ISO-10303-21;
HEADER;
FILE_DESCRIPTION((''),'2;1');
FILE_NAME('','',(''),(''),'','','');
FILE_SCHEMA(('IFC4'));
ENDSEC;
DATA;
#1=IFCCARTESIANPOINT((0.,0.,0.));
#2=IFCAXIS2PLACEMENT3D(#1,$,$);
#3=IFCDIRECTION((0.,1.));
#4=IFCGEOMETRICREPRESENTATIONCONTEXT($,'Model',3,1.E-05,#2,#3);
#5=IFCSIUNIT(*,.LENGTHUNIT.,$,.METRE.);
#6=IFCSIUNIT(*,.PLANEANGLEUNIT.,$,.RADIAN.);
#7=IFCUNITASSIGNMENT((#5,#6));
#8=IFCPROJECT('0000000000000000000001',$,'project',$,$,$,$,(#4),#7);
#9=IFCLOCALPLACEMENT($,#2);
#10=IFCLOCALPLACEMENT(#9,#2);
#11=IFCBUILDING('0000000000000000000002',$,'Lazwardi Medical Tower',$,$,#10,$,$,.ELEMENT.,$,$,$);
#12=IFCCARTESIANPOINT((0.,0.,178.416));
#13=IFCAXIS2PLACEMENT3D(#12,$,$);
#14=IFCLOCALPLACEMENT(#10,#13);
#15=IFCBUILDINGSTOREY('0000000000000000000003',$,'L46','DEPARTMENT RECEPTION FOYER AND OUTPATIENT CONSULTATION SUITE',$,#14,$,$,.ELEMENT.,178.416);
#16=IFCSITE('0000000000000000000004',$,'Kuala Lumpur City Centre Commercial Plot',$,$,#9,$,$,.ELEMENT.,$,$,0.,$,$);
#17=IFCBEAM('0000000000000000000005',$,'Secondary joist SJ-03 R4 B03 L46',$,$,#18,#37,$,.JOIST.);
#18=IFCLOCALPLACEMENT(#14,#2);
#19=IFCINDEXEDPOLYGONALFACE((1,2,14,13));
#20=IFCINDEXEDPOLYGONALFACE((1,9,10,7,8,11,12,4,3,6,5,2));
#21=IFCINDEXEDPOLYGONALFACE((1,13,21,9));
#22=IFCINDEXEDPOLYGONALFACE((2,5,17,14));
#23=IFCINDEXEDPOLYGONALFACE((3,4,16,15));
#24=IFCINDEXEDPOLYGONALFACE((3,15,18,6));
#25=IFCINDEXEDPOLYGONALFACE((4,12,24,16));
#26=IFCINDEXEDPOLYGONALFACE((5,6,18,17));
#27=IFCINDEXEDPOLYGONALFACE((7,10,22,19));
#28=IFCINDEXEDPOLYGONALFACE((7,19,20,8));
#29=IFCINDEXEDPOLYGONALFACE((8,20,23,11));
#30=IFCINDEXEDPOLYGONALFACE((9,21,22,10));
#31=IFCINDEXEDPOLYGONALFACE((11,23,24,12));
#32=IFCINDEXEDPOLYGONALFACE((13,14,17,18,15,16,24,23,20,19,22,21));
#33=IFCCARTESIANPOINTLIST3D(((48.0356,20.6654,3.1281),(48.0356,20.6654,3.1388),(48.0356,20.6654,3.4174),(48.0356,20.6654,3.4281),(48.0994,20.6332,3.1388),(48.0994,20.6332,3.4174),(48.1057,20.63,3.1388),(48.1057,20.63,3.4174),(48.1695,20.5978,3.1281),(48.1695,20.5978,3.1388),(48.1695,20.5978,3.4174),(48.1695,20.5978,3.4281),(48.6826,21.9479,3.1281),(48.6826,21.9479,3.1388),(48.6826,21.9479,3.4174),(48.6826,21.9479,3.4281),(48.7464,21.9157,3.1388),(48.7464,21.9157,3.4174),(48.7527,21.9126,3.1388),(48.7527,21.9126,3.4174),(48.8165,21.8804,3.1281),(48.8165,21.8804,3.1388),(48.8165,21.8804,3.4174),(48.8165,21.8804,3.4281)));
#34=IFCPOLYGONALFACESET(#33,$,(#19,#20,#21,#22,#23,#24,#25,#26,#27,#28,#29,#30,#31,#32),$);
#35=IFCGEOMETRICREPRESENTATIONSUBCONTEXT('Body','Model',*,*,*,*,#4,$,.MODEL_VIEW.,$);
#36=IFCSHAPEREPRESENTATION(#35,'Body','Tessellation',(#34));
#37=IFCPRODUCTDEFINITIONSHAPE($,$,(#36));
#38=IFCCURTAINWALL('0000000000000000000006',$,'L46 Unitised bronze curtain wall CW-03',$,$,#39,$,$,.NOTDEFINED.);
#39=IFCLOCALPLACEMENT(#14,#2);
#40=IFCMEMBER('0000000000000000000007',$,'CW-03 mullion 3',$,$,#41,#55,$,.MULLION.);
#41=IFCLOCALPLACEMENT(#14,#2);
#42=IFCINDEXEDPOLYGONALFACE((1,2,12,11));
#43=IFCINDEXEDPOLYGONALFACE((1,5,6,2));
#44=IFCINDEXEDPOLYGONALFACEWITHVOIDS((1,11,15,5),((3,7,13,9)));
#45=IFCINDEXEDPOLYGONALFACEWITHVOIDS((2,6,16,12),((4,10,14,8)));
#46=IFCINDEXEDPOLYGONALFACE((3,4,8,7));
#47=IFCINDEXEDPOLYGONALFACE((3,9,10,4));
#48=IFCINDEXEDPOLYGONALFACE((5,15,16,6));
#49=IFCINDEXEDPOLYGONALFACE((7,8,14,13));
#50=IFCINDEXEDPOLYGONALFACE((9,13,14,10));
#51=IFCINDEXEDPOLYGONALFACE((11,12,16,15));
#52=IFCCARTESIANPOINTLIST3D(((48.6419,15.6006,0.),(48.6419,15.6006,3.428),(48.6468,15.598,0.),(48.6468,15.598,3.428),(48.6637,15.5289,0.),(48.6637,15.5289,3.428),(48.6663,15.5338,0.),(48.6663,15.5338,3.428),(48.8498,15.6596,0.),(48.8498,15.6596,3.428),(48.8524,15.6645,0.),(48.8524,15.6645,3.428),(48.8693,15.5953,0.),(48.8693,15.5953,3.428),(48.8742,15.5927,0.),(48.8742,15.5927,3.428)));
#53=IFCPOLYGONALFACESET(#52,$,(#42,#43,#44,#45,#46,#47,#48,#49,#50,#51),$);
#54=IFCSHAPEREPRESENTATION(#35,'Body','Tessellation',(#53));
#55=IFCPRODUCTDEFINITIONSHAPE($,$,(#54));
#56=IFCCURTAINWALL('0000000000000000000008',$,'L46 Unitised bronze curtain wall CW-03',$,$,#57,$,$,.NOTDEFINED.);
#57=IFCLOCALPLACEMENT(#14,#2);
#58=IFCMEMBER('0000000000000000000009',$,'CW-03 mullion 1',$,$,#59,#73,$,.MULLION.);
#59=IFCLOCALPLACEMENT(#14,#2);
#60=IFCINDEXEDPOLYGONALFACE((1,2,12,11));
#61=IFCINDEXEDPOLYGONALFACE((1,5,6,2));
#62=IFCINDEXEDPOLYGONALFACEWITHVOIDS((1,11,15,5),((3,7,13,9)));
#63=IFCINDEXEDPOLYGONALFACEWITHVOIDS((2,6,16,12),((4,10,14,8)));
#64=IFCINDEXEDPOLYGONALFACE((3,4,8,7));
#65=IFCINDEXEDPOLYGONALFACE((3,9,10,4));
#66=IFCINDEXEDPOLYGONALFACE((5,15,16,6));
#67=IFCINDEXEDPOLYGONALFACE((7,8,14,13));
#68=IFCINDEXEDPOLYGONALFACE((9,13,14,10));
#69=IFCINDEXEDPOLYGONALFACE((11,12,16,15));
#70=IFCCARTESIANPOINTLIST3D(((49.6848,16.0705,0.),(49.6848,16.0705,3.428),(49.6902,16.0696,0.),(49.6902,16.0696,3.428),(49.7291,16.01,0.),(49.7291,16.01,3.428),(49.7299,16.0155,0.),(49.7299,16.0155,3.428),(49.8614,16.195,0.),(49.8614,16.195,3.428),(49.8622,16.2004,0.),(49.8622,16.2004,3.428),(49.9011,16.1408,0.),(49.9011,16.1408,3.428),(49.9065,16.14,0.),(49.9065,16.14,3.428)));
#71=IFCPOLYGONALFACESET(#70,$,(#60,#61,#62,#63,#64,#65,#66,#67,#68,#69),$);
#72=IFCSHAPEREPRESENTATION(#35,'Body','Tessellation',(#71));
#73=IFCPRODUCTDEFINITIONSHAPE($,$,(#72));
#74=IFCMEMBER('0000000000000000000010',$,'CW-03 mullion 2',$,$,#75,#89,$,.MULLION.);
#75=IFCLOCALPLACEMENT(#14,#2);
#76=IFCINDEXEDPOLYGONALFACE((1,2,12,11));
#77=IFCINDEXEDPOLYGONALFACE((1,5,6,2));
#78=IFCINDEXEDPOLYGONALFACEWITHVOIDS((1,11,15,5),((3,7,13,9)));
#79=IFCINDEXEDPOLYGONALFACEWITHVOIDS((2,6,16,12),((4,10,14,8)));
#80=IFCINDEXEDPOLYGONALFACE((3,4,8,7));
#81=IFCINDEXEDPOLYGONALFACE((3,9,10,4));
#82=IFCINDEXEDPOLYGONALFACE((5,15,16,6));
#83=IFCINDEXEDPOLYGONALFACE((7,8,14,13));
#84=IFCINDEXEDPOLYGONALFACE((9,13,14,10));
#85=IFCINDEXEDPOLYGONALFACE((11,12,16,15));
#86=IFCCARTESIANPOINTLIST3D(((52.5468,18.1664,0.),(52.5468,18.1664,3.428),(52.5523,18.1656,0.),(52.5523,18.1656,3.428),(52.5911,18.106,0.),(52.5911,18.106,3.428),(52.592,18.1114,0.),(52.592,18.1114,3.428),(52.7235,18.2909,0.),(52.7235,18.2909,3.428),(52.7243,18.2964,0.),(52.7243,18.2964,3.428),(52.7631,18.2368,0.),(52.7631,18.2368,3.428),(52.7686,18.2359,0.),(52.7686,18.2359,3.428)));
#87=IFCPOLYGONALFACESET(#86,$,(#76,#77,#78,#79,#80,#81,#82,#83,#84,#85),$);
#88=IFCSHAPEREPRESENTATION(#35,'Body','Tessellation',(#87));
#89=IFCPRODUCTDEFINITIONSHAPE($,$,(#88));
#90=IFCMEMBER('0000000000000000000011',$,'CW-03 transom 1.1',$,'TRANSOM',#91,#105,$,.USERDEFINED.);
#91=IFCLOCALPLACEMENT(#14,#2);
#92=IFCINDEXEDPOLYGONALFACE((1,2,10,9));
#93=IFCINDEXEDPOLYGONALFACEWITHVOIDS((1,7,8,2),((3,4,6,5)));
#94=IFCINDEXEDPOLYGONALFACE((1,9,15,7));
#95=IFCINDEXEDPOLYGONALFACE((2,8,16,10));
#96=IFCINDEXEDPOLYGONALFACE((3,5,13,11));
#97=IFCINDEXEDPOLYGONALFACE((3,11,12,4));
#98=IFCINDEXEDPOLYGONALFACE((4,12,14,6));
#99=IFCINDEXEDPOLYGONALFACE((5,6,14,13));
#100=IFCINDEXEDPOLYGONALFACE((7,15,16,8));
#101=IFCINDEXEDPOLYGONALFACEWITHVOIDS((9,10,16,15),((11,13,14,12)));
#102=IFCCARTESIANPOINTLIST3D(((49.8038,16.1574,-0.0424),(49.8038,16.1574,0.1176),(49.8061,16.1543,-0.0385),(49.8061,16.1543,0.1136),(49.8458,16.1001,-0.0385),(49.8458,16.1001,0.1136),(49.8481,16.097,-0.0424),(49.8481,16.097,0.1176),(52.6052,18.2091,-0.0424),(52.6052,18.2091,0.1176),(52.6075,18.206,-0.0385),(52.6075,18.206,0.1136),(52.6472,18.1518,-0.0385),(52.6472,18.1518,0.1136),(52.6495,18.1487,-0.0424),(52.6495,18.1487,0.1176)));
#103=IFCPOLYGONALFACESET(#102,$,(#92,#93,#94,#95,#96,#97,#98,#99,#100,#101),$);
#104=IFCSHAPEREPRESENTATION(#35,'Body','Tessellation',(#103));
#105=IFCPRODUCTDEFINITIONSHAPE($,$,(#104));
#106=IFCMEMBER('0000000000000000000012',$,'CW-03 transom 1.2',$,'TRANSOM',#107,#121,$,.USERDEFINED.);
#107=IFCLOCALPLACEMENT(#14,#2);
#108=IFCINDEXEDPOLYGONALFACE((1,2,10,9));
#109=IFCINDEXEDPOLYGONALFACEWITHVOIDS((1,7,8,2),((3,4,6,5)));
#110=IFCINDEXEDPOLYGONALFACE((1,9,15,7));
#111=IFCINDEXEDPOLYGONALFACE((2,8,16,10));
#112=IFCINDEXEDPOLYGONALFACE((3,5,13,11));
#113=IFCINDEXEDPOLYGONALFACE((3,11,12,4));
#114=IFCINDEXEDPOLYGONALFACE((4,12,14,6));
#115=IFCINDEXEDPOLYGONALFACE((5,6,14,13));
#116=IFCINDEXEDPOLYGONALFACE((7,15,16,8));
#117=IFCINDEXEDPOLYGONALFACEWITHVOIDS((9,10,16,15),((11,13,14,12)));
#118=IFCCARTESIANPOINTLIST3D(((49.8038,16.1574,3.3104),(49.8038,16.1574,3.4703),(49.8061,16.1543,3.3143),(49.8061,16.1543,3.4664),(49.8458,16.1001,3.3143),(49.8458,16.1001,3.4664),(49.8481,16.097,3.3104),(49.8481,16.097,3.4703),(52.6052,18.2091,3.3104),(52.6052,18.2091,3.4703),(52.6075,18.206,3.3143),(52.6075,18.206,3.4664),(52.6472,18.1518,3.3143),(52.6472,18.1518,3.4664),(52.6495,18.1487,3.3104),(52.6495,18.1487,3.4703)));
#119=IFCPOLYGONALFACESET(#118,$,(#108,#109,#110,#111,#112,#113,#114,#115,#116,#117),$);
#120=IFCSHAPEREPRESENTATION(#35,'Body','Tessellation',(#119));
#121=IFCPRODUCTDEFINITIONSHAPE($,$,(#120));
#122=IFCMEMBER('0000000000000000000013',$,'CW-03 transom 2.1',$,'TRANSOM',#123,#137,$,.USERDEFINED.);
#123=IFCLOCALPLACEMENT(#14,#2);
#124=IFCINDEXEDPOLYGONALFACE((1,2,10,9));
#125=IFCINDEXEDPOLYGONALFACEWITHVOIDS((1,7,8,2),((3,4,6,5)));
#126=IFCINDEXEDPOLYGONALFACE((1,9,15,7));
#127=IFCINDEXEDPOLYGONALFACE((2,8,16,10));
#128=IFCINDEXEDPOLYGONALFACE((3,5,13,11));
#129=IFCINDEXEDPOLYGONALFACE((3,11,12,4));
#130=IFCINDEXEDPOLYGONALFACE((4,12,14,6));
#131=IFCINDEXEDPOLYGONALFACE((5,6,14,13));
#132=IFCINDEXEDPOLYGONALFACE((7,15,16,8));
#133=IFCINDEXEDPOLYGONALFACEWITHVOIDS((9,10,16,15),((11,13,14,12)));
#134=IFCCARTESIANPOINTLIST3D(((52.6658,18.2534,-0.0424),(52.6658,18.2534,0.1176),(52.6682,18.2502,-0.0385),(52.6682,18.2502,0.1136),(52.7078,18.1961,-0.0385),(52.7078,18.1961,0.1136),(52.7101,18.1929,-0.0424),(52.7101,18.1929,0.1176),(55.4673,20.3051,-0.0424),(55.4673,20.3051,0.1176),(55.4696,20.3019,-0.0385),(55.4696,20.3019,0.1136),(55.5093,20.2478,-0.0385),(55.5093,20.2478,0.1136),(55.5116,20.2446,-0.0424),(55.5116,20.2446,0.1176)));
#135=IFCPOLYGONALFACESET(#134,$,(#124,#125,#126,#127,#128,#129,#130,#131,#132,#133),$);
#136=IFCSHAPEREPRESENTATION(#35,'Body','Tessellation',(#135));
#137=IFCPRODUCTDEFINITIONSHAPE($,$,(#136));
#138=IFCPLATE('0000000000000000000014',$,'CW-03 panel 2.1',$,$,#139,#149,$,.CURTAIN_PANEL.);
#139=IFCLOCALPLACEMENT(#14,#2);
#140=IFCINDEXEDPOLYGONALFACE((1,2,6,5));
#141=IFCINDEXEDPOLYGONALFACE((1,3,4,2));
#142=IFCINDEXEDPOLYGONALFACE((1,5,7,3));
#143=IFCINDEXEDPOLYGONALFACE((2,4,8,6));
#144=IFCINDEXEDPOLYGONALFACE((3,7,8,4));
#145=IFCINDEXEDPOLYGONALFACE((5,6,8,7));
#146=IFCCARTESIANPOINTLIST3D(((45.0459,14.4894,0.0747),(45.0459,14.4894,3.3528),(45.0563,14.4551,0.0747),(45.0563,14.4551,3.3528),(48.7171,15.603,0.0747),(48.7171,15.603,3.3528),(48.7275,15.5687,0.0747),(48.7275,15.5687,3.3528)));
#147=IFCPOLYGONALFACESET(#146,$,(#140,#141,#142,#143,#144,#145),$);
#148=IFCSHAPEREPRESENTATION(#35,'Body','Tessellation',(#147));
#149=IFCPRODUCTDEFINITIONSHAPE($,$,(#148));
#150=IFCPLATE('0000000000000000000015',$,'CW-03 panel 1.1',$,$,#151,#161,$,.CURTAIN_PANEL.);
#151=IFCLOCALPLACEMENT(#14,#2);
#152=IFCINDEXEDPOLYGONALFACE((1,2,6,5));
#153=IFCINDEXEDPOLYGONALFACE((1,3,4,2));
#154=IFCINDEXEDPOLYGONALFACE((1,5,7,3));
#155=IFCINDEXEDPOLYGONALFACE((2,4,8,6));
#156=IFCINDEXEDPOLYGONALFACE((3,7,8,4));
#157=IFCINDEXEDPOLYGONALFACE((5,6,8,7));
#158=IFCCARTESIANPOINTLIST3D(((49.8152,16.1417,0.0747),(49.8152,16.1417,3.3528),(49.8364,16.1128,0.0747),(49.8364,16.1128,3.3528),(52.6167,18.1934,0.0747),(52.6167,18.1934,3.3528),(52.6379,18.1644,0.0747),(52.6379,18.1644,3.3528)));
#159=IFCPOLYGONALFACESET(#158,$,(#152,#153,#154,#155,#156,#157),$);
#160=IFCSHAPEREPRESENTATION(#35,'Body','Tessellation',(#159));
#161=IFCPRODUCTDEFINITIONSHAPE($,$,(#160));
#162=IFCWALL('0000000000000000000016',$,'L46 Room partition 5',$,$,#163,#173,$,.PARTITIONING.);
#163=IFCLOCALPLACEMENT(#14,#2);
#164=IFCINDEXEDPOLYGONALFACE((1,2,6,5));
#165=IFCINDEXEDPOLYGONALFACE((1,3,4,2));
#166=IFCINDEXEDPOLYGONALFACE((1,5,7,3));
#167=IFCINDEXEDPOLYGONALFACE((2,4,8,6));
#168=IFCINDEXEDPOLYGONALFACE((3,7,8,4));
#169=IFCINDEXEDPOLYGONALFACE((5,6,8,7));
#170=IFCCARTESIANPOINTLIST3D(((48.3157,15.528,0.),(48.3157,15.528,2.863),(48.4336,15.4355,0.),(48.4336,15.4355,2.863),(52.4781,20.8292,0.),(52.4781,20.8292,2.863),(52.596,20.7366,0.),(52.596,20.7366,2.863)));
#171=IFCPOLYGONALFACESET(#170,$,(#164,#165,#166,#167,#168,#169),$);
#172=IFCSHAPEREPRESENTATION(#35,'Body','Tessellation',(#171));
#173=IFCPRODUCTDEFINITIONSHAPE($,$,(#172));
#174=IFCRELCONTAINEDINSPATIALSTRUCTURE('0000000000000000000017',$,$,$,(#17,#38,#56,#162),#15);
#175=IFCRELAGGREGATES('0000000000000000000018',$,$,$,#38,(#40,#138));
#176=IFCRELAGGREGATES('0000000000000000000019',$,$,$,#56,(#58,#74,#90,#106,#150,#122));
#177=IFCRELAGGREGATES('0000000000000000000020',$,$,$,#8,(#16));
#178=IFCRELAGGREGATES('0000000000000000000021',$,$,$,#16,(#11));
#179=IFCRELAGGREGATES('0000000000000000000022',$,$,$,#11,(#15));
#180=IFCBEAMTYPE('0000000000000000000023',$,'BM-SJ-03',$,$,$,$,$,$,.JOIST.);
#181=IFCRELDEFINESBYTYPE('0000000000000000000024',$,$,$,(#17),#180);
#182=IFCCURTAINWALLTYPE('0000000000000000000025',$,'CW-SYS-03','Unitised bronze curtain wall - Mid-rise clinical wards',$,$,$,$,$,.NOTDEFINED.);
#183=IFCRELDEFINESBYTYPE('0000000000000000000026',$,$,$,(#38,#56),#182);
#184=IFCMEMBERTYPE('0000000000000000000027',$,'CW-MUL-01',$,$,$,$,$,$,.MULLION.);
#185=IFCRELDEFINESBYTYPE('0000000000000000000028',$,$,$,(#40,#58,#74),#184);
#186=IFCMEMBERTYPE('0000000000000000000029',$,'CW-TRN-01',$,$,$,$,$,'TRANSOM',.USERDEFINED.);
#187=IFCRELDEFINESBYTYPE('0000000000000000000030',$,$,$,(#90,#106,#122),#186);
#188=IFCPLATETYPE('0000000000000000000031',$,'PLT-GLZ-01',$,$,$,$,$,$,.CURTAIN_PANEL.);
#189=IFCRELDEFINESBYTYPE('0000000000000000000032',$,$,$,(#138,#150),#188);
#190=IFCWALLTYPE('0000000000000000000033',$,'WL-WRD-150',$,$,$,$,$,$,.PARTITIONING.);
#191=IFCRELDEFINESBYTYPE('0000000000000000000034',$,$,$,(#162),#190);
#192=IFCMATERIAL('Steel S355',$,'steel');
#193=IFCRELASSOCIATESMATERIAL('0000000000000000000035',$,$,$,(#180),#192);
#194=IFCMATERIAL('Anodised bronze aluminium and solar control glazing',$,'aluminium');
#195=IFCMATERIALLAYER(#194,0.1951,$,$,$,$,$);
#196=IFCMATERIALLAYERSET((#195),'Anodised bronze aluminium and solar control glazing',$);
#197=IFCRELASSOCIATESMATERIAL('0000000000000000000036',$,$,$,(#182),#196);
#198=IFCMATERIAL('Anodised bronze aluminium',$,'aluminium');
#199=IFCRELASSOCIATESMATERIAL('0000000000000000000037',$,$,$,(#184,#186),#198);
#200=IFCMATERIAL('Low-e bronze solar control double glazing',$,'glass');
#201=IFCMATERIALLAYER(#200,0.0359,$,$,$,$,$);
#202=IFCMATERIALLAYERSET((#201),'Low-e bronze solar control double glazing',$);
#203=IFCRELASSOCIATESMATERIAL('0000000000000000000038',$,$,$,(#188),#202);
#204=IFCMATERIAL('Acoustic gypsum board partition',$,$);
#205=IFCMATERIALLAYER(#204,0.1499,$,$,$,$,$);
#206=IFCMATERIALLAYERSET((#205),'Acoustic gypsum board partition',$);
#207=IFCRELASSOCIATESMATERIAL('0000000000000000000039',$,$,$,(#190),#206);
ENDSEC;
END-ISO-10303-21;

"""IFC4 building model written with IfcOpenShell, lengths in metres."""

from ifc_helpers import new_model, si_unit, direction, frame, frame_2d, origin, origin_2d, place, context, subcontext, project, spatial, rectangle, hollow_rectangle, i_section, extrude, material, layer, layer_set, material_profile, profile_set, type_object, element, aggregate, save


model = new_model("IFC4")

# Units and contexts
model_context = context("Model", 3, precision=1e-05, world=origin(), true_north=direction((0.0, 1.0)))
body_context = subcontext(model_context, "Body", "Model", "MODEL_VIEW")
ifc_project = project(units=[si_unit("LENGTHUNIT", "METRE"), si_unit("PLANEANGLEUNIT", "RADIAN")], contexts=[model_context])

# Site, building, storey
site_placement = place(None, origin())
site = spatial("IfcSite", under=ifc_project, at=site_placement, Name="Kuala Lumpur City Centre Commercial Plot", CompositionType="ELEMENT", RefElevation=0.0)
building_placement = place(site_placement, origin())
building = spatial("IfcBuilding", under=site, at=building_placement, Name="Lazwardi Medical Tower", CompositionType="ELEMENT")
storey_placement = place(building_placement, frame((0.0, 0.0, 178.416)))
storey = spatial("IfcBuildingStorey", under=building, at=storey_placement, Name="L46", Description="DEPARTMENT RECEPTION FOYER AND OUTPATIENT CONSULTATION SUITE", CompositionType="ELEMENT", Elevation=178.416)

# Beam
ifc_material_1 = material(Name="Steel S355", Category="steel")
ifc_material_profile_1 = material_profile(ifc_material_1, i_section(OverallWidth=0.1499, OverallDepth=0.3, WebThickness=0.0071, FlangeThickness=0.0107, at=origin_2d()), Name="IPE 300")
ifc_profile_set_1 = profile_set([ifc_material_profile_1], Name="Steel S355")
beam_type_1 = type_object("IfcBeamType", Name="BM-SJ-03", PredefinedType="JOIST", material=ifc_profile_set_1)
beam_1_placement = place(storey_placement, frame((48.1025, 20.6316, 3.2781), z_axis=(0.450406, 0.892824, 0.0), x_axis=(-0.892824, 0.450406, 0.0)))
element("IfcBeam", 1, at=beam_1_placement, inside=storey, type_object=beam_type_1, Name="Secondary joist SJ-03 R4 B03 L46", PredefinedType="JOIST", context=body_context, shape_type="SweptSolid", body=[
    extrude(i_section(OverallWidth=0.1499, OverallDepth=0.3, WebThickness=0.0071, FlangeThickness=0.0107, at=origin_2d()), origin(), (0.0, 0.0, 1.0), 1.4365),
])

# Curtain wall, member
ifc_material_2 = material(Name="Anodised bronze aluminium and solar control glazing", Category="aluminium")
ifc_layer_1 = layer(ifc_material_2, 0.1951)
ifc_layer_set_1 = layer_set([ifc_layer_1], Name="Anodised bronze aluminium and solar control glazing")
curtain_wall_type = type_object("IfcCurtainWallType", Name="CW-SYS-03", Description="Unitised bronze curtain wall - Mid-rise clinical wards", PredefinedType="NOTDEFINED", material=ifc_layer_set_1)
curtain_wall_1_placement = place(storey_placement, origin())
curtain_wall_1 = element("IfcCurtainWall", 2, at=curtain_wall_1_placement, inside=storey, type_object=curtain_wall_type, Name="L46 Unitised bronze curtain wall CW-03", PredefinedType="NOTDEFINED")
ifc_material_3 = material(Name="Anodised bronze aluminium", Category="aluminium")
ifc_material_profile_2 = material_profile(ifc_material_3, hollow_rectangle(XDim=0.075, YDim=0.22, WallThickness=0.0039, at=origin_2d()), Name="ALU-MULLION 220x75x4")
ifc_profile_set_2 = profile_set([ifc_material_profile_2], Name="Anodised bronze aluminium")
member_type_1 = type_object("IfcMemberType", Name="CW-MUL-01", PredefinedType="MULLION", material=ifc_profile_set_2)
member_1_placement = place(storey_placement, frame((48.7581, 15.5967, 0.0), z_axis=(0.0, 0.0, 1.0), x_axis=(-0.290281, 0.956942, 0.0)))
member_1 = element("IfcMember", 3, at=member_1_placement, type_object=member_type_1, Name="CW-03 mullion 3", PredefinedType="MULLION", context=body_context, shape_type="SweptSolid", body=[
    extrude(hollow_rectangle(XDim=0.075, YDim=0.22, WallThickness=0.0039, at=origin_2d()), origin(), (0.0, 0.0, 1.0), 3.428),
])

# Curtain wall, members
curtain_wall_2_placement = place(storey_placement, origin())
curtain_wall_2 = element("IfcCurtainWall", 4, at=curtain_wall_2_placement, inside=storey, type_object=curtain_wall_type, Name="L46 Unitised bronze curtain wall CW-03", PredefinedType="NOTDEFINED")
member_2_placement = place(storey_placement, frame((49.7957, 16.1052, 0.0), z_axis=(0.0, 0.0, 1.0), x_axis=(-0.590834, 0.806793, 0.0)))
member_2 = element("IfcMember", 5, at=member_2_placement, type_object=member_type_1, Name="CW-03 mullion 1", PredefinedType="MULLION", context=body_context, shape_type="SweptSolid", body=[
    extrude(hollow_rectangle(XDim=0.075, YDim=0.22, WallThickness=0.0039, at=origin_2d()), origin(), (0.0, 0.0, 1.0), 3.428),
])
member_3_placement = place(storey_placement, frame((52.6577, 18.2012, 0.0), z_axis=(0.0, 0.0, 1.0), x_axis=(-0.590834, 0.806793, 0.0)))
member_3 = element("IfcMember", 6, at=member_3_placement, type_object=member_type_1, Name="CW-03 mullion 2", PredefinedType="MULLION", context=body_context, shape_type="SweptSolid", body=[
    extrude(hollow_rectangle(XDim=0.075, YDim=0.22, WallThickness=0.0039, at=origin_2d()), origin(), (0.0, 0.0, 1.0), 3.428),
])
ifc_material_profile_3 = material_profile(ifc_material_3, hollow_rectangle(XDim=0.075, YDim=0.1599, WallThickness=0.0039, at=origin_2d()), Name="ALU-TRANSOM 160x75x4")
ifc_profile_set_3 = profile_set([ifc_material_profile_3], Name="Anodised bronze aluminium")
member_type_2 = type_object("IfcMemberType", Name="CW-TRN-01", ElementType="TRANSOM", PredefinedType="USERDEFINED", material=ifc_profile_set_3)
member_4_placement = place(storey_placement, frame((49.8259, 16.1272, 0.0376), z_axis=(0.806774, 0.590861, 0.0), x_axis=(-0.590861, 0.806774, 0.0)))
member_4 = element("IfcMember", 7, at=member_4_placement, type_object=member_type_2, Name="CW-03 transom 1.1", ObjectType="TRANSOM", PredefinedType="USERDEFINED", context=body_context, shape_type="SweptSolid", body=[
    extrude(hollow_rectangle(XDim=0.075, YDim=0.1599, WallThickness=0.0039, at=origin_2d()), origin(), (0.0, 0.0, 1.0), 3.4724),
])
member_5_placement = place(storey_placement, frame((49.8259, 16.1272, 3.3904), z_axis=(0.806774, 0.590861, 0.0), x_axis=(-0.590861, 0.806774, 0.0)))
member_5 = element("IfcMember", 8, at=member_5_placement, type_object=member_type_2, Name="CW-03 transom 1.2", ObjectType="TRANSOM", PredefinedType="USERDEFINED", context=body_context, shape_type="SweptSolid", body=[
    extrude(hollow_rectangle(XDim=0.075, YDim=0.1599, WallThickness=0.0039, at=origin_2d()), origin(), (0.0, 0.0, 1.0), 3.4724),
])
member_6_placement = place(storey_placement, frame((52.688, 18.2231, 0.0376), z_axis=(0.806774, 0.590861, 0.0), x_axis=(-0.590861, 0.806774, 0.0)))
member_6 = element("IfcMember", 9, at=member_6_placement, type_object=member_type_2, Name="CW-03 transom 2.1", ObjectType="TRANSOM", PredefinedType="USERDEFINED", context=body_context, shape_type="SweptSolid", body=[
    extrude(hollow_rectangle(XDim=0.075, YDim=0.1599, WallThickness=0.0039, at=origin_2d()), origin(), (0.0, 0.0, 1.0), 3.4724),
])

# Plates
ifc_material_4 = material(Name="Low-e bronze solar control double glazing", Category="glass")
ifc_layer_2 = layer(ifc_material_4, 0.0359)
ifc_layer_set_2 = layer_set([ifc_layer_2], Name="Low-e bronze solar control double glazing")
plate_type = type_object("IfcPlateType", Name="PLT-GLZ-01", PredefinedType="CURTAIN_PANEL", material=ifc_layer_set_2)
plate_1_placement = place(storey_placement, frame((46.8867, 15.0291, 0.0747), z_axis=(0.0, 0.0, 1.0), x_axis=(0.956942, 0.290281, 0.0)))
plate_1 = element("IfcPlate", 10, at=plate_1_placement, type_object=plate_type, Name="CW-03 panel 2.1", PredefinedType="CURTAIN_PANEL", context=body_context, shape_type="SweptSolid", body=[
    extrude(rectangle(XDim=3.8364, YDim=0.0359, at=origin_2d()), origin(), (0.0, 0.0, 1.0), 3.2781),
])
aggregate(curtain_wall_1, [member_1, plate_1])
plate_2_placement = place(storey_placement, frame((51.2266, 17.1531, 0.0747), z_axis=(0.0, 0.0, 1.0), x_axis=(0.806793, 0.590834, 0.0)))
plate_2 = element("IfcPlate", 11, at=plate_2_placement, type_object=plate_type, Name="CW-03 panel 1.1", PredefinedType="CURTAIN_PANEL", context=body_context, shape_type="SweptSolid", body=[
    extrude(rectangle(XDim=3.4724, YDim=0.0359, at=origin_2d()), origin(), (0.0, 0.0, 1.0), 3.2781),
])
aggregate(curtain_wall_2, [member_2, member_3, member_4, member_5, plate_2, member_6])

# Wall
ifc_material_5 = material(Name="Acoustic gypsum board partition")
ifc_layer_3 = layer(ifc_material_5, 0.1499)
ifc_layer_set_3 = layer_set([ifc_layer_3], Name="Acoustic gypsum board partition")
wall_type = type_object("IfcWallType", Name="WL-WRD-150", PredefinedType="PARTITIONING", material=ifc_layer_set_3)
wall_placement = place(storey_placement, frame((52.5371, 20.783, 0.0), z_axis=(0.0, 0.0, 1.0), x_axis=(-0.61757, -0.786516, 0.0)))
element("IfcWall", 12, at=wall_placement, inside=storey, type_object=wall_type, Name="L46 Room partition 5", PredefinedType="PARTITIONING", context=body_context, shape_type="SweptSolid", body=[
    extrude(rectangle(XDim=6.74, YDim=0.1499, at=frame_2d((3.3701, 0.0))), origin(), (0.0, 0.0, 1.0), 2.863),
])

save(model, "model.ifc")
